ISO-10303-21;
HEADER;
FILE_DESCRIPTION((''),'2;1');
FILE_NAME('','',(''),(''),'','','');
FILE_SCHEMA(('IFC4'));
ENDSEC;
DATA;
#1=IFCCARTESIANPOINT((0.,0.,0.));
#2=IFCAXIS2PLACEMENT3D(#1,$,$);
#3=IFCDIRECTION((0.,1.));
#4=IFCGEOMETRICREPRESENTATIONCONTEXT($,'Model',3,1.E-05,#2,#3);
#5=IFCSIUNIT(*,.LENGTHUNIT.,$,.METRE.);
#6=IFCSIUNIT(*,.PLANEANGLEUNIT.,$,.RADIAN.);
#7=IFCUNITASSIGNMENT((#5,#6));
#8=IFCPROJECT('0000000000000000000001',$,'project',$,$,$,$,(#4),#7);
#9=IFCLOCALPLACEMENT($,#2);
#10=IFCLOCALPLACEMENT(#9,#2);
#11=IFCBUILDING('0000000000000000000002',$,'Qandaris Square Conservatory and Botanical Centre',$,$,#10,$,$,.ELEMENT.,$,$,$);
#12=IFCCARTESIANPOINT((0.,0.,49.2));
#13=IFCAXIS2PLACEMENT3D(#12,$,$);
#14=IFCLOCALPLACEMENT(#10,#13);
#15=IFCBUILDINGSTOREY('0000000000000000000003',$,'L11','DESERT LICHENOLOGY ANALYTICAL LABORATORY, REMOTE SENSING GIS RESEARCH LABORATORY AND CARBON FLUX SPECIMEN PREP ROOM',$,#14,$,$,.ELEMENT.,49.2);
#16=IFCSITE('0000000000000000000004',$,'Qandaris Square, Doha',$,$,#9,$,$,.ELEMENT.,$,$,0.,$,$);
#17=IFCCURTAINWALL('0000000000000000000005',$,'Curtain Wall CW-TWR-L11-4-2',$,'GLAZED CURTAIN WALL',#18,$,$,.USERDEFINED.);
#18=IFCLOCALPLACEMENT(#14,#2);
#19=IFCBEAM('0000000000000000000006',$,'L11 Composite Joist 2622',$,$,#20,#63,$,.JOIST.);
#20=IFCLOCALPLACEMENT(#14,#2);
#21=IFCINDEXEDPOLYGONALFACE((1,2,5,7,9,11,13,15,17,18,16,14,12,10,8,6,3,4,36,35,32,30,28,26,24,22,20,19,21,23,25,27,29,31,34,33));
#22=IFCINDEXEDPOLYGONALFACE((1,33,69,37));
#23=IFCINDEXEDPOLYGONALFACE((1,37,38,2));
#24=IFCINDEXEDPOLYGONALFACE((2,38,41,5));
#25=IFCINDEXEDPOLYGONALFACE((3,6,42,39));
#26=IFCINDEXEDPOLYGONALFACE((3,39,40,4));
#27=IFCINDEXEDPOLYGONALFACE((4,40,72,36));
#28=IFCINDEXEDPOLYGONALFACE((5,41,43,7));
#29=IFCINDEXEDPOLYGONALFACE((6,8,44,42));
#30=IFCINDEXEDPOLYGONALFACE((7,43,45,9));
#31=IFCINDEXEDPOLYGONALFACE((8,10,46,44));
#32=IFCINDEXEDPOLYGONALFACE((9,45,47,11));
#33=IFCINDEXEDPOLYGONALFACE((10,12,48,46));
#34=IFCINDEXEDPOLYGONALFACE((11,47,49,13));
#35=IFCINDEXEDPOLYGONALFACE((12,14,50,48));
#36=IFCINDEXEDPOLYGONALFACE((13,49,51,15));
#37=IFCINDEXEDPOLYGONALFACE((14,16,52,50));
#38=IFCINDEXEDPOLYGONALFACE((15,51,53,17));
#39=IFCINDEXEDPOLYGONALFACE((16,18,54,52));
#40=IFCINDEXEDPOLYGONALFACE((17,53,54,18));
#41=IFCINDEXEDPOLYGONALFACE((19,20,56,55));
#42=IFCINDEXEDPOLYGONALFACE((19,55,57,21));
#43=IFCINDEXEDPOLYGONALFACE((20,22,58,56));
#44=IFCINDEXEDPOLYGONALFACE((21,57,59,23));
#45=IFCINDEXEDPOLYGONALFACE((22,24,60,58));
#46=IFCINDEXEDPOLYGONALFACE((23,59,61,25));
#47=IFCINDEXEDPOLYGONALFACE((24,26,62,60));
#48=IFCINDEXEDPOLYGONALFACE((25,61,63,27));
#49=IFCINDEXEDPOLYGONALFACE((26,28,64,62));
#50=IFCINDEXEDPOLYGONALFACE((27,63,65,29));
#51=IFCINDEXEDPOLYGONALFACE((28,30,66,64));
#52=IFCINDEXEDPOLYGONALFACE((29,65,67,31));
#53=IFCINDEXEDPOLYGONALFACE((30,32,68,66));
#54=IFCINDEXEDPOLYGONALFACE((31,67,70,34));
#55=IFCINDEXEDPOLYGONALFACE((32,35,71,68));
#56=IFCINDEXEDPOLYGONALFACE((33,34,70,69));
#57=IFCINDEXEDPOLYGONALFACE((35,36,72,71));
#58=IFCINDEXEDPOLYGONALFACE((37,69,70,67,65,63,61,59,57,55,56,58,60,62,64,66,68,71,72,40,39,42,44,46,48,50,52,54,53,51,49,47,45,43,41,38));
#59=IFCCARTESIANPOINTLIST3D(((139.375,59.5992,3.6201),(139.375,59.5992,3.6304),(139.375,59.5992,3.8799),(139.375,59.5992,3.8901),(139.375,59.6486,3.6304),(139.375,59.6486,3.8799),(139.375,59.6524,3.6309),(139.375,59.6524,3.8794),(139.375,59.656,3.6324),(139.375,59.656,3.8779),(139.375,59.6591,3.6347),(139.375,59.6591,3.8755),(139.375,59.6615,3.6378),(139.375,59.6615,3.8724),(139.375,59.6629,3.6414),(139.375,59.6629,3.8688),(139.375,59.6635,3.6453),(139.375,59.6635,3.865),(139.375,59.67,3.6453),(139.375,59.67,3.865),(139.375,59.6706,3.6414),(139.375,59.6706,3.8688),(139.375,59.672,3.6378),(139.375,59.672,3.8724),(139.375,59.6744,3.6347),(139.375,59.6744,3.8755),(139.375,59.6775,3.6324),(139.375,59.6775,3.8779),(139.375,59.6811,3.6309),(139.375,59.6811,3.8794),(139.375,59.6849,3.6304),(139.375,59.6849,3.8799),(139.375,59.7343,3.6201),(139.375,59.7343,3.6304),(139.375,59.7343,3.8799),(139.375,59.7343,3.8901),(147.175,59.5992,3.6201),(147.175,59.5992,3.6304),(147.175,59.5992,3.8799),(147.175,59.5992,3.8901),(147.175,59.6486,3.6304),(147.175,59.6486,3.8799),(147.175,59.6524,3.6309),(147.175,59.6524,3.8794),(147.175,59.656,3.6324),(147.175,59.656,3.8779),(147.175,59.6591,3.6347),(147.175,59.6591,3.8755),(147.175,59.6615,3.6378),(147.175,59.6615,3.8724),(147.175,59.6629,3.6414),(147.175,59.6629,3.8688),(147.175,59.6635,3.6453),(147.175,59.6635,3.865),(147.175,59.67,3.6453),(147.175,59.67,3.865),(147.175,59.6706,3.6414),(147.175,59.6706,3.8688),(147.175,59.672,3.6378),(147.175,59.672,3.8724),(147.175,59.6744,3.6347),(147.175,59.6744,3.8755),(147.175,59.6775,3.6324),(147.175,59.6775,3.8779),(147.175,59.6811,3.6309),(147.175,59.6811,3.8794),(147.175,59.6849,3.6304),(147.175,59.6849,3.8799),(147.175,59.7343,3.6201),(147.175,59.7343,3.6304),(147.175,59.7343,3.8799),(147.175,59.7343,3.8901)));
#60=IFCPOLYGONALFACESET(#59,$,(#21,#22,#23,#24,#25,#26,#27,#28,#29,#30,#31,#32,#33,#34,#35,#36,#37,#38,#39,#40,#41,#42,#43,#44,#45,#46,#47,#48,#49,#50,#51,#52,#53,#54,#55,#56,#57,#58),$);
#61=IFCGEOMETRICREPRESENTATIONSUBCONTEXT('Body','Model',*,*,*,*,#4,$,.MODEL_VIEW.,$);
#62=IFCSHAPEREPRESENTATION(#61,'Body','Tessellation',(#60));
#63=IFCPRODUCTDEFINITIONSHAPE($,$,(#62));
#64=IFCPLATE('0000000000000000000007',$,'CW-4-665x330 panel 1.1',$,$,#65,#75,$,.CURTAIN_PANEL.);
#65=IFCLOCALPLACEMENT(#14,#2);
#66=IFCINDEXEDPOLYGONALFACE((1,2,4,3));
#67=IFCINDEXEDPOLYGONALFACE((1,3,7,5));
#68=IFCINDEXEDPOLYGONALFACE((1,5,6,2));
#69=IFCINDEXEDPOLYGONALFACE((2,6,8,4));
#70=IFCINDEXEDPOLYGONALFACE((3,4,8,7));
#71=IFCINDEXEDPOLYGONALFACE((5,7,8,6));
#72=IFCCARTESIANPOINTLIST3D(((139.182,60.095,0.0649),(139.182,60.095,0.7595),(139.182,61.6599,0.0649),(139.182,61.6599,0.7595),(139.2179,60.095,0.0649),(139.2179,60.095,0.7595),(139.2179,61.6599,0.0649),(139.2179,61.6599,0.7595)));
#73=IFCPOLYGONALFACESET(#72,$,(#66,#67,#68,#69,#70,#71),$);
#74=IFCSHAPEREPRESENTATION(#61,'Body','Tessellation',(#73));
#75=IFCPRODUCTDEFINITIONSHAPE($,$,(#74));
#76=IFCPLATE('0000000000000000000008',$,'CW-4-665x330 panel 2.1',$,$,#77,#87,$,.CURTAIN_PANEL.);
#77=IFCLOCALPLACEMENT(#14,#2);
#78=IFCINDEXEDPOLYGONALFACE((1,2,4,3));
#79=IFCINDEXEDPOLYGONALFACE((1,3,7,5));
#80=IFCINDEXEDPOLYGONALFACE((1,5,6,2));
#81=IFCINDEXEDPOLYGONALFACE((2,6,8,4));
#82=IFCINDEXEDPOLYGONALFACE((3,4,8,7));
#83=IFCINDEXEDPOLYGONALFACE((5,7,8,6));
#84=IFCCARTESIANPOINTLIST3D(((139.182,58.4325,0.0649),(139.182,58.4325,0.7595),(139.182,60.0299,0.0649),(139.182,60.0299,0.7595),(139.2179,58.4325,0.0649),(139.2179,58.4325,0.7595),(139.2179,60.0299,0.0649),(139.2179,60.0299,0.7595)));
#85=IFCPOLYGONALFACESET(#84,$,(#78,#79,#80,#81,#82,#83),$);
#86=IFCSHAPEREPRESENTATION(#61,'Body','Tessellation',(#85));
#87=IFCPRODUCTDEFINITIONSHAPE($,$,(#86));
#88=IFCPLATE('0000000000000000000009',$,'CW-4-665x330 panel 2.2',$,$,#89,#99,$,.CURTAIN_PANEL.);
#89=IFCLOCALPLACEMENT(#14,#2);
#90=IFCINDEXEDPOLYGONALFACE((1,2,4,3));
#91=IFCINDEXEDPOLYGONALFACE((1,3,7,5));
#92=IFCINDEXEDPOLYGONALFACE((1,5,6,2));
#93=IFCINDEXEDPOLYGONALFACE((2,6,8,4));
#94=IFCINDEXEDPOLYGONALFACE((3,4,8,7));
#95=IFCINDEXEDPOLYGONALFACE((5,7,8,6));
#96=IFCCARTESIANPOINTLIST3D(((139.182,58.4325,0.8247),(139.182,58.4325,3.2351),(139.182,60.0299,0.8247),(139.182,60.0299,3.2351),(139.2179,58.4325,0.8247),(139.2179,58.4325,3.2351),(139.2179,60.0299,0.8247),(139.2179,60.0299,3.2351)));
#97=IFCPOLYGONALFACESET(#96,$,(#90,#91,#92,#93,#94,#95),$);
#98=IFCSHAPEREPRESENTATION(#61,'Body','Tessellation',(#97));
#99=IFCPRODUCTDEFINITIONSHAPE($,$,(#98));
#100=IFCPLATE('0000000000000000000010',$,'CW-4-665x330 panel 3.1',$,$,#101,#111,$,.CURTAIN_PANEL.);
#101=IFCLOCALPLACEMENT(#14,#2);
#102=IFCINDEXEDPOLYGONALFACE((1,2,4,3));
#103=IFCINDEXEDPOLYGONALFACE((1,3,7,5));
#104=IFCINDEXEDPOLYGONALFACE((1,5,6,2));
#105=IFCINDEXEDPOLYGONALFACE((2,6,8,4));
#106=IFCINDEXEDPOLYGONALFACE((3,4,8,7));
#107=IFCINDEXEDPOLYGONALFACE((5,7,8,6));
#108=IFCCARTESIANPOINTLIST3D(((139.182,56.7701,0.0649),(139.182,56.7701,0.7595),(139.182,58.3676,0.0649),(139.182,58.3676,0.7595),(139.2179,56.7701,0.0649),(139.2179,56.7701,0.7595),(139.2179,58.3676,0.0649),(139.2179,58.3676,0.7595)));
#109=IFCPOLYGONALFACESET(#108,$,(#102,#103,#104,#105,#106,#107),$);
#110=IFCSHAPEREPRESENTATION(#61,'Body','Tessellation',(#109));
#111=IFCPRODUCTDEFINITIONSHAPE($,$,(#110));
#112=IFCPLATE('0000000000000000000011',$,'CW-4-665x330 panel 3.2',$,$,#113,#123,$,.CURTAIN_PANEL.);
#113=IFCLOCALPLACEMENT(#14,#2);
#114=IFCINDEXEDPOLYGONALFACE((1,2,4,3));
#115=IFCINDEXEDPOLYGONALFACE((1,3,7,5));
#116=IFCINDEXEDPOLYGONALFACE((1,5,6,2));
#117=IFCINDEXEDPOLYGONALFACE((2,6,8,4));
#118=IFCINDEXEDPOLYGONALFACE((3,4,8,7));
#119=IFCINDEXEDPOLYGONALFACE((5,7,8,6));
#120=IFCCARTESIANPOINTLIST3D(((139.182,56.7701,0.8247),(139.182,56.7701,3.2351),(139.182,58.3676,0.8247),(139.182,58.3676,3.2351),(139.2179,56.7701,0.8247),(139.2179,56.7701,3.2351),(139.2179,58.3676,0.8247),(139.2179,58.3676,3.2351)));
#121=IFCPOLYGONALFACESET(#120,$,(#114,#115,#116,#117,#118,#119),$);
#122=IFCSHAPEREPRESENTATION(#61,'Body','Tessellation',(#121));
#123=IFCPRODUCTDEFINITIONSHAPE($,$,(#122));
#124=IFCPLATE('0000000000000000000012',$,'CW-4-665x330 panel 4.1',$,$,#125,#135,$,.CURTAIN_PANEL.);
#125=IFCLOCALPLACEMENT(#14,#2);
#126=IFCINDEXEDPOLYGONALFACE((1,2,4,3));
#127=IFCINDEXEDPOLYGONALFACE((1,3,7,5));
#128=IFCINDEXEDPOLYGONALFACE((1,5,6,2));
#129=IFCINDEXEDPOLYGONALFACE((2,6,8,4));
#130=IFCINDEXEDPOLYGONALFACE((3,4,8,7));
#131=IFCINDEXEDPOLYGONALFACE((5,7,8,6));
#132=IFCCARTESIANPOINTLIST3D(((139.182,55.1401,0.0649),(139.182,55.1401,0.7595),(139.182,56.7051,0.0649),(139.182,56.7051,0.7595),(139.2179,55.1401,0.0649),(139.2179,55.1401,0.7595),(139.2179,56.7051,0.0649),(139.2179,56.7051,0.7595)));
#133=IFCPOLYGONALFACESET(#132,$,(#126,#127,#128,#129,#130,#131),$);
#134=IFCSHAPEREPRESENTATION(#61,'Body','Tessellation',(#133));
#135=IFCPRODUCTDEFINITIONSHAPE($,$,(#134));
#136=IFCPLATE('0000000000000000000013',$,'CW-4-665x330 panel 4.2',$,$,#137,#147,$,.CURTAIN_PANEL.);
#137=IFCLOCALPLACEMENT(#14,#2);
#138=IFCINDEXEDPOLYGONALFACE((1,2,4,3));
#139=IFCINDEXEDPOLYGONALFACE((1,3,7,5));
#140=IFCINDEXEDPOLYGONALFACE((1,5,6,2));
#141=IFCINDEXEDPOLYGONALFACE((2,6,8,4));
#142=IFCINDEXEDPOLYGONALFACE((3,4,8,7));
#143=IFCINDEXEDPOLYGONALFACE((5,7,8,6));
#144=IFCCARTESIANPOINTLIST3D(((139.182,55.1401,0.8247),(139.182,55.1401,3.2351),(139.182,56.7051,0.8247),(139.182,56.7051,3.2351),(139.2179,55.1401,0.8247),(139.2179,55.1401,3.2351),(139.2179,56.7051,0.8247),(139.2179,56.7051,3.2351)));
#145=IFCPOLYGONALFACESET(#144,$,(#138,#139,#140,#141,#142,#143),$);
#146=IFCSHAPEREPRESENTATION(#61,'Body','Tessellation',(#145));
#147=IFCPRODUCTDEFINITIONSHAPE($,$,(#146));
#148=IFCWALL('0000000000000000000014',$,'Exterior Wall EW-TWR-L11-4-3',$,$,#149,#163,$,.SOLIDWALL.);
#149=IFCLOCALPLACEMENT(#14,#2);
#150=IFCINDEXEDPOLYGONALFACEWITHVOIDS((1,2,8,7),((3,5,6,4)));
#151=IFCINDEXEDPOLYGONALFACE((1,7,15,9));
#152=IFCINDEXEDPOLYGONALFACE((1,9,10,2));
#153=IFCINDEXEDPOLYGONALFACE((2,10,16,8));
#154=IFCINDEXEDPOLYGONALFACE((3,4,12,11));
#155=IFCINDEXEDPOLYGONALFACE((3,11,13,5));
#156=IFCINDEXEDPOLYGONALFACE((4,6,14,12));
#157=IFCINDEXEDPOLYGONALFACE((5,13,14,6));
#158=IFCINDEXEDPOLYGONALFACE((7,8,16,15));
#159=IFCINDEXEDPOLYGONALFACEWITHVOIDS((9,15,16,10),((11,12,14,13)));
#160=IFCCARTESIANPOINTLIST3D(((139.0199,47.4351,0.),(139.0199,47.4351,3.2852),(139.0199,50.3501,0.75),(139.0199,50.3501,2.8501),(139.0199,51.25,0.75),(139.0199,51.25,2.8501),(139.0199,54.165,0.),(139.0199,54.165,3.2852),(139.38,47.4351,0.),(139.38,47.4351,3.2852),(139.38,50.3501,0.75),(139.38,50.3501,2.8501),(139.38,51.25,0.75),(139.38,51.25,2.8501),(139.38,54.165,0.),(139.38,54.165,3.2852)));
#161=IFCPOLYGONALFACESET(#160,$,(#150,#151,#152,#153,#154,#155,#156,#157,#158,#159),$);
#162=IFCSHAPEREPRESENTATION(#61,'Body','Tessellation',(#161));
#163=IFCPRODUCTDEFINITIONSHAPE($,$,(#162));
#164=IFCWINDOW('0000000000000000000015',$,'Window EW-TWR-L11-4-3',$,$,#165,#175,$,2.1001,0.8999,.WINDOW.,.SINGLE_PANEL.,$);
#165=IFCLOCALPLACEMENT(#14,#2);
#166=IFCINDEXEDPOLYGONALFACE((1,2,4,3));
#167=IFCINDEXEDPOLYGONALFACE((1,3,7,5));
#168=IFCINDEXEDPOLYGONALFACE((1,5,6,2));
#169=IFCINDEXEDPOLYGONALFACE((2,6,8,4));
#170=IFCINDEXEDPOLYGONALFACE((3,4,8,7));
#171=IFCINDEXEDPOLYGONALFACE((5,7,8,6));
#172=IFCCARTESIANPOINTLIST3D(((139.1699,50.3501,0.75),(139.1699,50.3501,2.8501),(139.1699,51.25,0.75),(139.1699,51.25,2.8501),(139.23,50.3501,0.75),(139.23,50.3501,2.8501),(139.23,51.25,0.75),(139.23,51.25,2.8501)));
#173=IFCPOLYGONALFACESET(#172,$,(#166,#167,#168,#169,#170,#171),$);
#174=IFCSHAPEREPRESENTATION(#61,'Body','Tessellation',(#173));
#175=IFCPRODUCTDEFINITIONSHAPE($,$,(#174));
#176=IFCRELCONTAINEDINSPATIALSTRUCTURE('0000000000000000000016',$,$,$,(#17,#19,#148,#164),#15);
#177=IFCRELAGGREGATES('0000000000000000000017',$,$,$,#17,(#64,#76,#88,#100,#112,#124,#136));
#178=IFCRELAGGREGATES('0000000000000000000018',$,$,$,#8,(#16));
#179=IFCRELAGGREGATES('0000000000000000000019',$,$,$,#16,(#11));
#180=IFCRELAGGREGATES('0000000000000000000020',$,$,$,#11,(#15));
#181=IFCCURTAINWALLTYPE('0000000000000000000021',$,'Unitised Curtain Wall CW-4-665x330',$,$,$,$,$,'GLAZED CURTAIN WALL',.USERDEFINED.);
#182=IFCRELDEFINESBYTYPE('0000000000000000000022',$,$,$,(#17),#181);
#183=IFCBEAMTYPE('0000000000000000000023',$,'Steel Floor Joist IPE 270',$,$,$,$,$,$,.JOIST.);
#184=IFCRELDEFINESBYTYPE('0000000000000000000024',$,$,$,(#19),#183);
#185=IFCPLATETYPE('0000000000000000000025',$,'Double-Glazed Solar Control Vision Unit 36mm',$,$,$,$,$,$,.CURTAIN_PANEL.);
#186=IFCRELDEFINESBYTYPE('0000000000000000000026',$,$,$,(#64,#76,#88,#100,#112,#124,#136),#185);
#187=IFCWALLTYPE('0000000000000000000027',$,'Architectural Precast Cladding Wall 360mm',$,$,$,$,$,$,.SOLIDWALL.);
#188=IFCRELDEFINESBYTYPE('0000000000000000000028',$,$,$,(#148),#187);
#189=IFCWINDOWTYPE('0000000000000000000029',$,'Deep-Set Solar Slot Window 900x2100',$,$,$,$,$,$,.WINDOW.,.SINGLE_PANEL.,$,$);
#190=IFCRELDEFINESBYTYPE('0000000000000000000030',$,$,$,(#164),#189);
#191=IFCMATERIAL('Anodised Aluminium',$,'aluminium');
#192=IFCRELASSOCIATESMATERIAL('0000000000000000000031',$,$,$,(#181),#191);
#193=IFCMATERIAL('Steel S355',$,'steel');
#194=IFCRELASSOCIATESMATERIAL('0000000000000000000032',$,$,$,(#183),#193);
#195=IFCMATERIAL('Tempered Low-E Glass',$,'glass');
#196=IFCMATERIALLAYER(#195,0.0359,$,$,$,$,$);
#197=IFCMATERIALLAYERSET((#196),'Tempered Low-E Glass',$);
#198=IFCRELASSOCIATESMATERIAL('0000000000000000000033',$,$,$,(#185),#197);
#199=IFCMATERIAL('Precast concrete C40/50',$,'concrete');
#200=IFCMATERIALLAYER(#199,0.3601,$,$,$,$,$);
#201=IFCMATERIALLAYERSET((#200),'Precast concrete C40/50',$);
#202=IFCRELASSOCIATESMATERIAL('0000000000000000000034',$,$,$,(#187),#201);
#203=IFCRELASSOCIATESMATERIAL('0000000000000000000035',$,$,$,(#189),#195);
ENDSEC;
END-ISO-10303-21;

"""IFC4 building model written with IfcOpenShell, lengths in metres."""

from ifc_helpers import new_model, si_unit, direction, frame, frame_2d, origin, origin_2d, place, context, subcontext, project, spatial, rectangle, i_section, extrude, material, layer, layer_set, material_profile, profile_set, type_object, element, fill, aggregate, save


model = new_model("IFC4")

# Units and contexts
model_context = context("Model", 3, precision=1e-05, world=origin(), true_north=direction((0.0, 1.0)))
body_context = subcontext(model_context, "Body", "Model", "MODEL_VIEW")
ifc_project = project(units=[si_unit("LENGTHUNIT", "METRE"), si_unit("PLANEANGLEUNIT", "RADIAN")], contexts=[model_context])

# Site, building, storey
site_placement = place(None, origin())
site = spatial("IfcSite", under=ifc_project, at=site_placement, Name="Qandaris Square, Doha", CompositionType="ELEMENT", RefElevation=0.0)
building_placement = place(site_placement, origin())
building = spatial("IfcBuilding", under=site, at=building_placement, Name="Qandaris Square Conservatory and Botanical Centre", CompositionType="ELEMENT")
storey_placement = place(building_placement, frame((0.0, 0.0, 49.2)))
storey = spatial("IfcBuildingStorey", under=building, at=storey_placement, Name="L11", Description="DESERT LICHENOLOGY ANALYTICAL LABORATORY, REMOTE SENSING GIS RESEARCH LABORATORY AND CARBON FLUX SPECIMEN PREP ROOM", CompositionType="ELEMENT", Elevation=49.2)

# Shared definitions
ifc_material_1 = material(Name="Steel S355", Category="steel")

# Curtain wall
ifc_material_2 = material(Name="Anodised Aluminium", Category="aluminium")
curtain_wall_type = type_object("IfcCurtainWallType", Name="Unitised Curtain Wall CW-4-665x330", ElementType="GLAZED CURTAIN WALL", PredefinedType="USERDEFINED", material=ifc_material_2)
curtain_wall_placement = place(storey_placement, origin())
curtain_wall = element("IfcCurtainWall", 1, at=curtain_wall_placement, inside=storey, type_object=curtain_wall_type, Name="Curtain Wall CW-TWR-L11-4-2", ObjectType="GLAZED CURTAIN WALL", PredefinedType="USERDEFINED")

# Beam
ifc_material_profile_1 = material_profile(ifc_material_1, i_section(OverallWidth=0.135, OverallDepth=0.27, WebThickness=0.0066, FlangeThickness=0.0103, FilletRadius=0.0149, at=origin_2d()), Name="IPE 270")
ifc_profile_set_1 = profile_set([ifc_material_profile_1], Name="Steel S355")
beam_type_1 = type_object("IfcBeamType", Name="Steel Floor Joist IPE 270", PredefinedType="JOIST", material=ifc_profile_set_1)
beam_1_placement = place(storey_placement, frame((139.375, 59.6667, 3.7551), z_axis=(1.0, 0.0, 0.0), x_axis=(0.0, 1.0, 0.0)))
element("IfcBeam", 2, at=beam_1_placement, inside=storey, type_object=beam_type_1, Name="L11 Composite Joist 2622", PredefinedType="JOIST", context=body_context, shape_type="SweptSolid", body=[
    extrude(i_section(OverallWidth=0.135, OverallDepth=0.27, WebThickness=0.0066, FlangeThickness=0.0103, FilletRadius=0.0149, at=origin_2d()), origin(), (0.0, 0.0, 1.0), 7.8),
])

# Plates
ifc_material_3 = material(Name="Tempered Low-E Glass", Category="glass")
ifc_layer_1 = layer(ifc_material_3, 0.0359)
ifc_layer_set_1 = layer_set([ifc_layer_1], Name="Tempered Low-E Glass")
plate_type = type_object("IfcPlateType", Name="Double-Glazed Solar Control Vision Unit 36mm", PredefinedType="CURTAIN_PANEL", material=ifc_layer_set_1)
plate_1_placement = place(storey_placement, frame((139.2, 60.8774, 0.0649), z_axis=(0.0, 0.0, 1.0), x_axis=(0.0, -1.0, 0.0)))
plate_1 = element("IfcPlate", 3, at=plate_1_placement, type_object=plate_type, Name="CW-4-665x330 panel 1.1", PredefinedType="CURTAIN_PANEL", context=body_context, shape_type="SweptSolid", body=[
    extrude(rectangle(XDim=1.5649, YDim=0.0359, at=origin_2d()), origin(), (0.0, 0.0, 1.0), 0.6946),
])
plate_2_placement = place(storey_placement, frame((139.2, 59.2312, 0.0649), z_axis=(0.0, 0.0, 1.0), x_axis=(0.0, -1.0, 0.0)))
plate_2 = element("IfcPlate", 4, at=plate_2_placement, type_object=plate_type, Name="CW-4-665x330 panel 2.1", PredefinedType="CURTAIN_PANEL", context=body_context, shape_type="SweptSolid", body=[
    extrude(rectangle(XDim=1.5974, YDim=0.0359, at=origin_2d()), origin(), (0.0, 0.0, 1.0), 0.6946),
])
plate_3_placement = place(storey_placement, frame((139.2, 59.2312, 0.8247), z_axis=(0.0, 0.0, 1.0), x_axis=(0.0, -1.0, 0.0)))
plate_3 = element("IfcPlate", 5, at=plate_3_placement, type_object=plate_type, Name="CW-4-665x330 panel 2.2", PredefinedType="CURTAIN_PANEL", context=body_context, shape_type="SweptSolid", body=[
    extrude(rectangle(XDim=1.5974, YDim=0.0359, at=origin_2d()), origin(), (0.0, 0.0, 1.0), 2.4104),
])
plate_4_placement = place(storey_placement, frame((139.2, 57.5688, 0.0649), z_axis=(0.0, 0.0, 1.0), x_axis=(0.0, -1.0, 0.0)))
plate_4 = element("IfcPlate", 6, at=plate_4_placement, type_object=plate_type, Name="CW-4-665x330 panel 3.1", PredefinedType="CURTAIN_PANEL", context=body_context, shape_type="SweptSolid", body=[
    extrude(rectangle(XDim=1.5974, YDim=0.0359, at=origin_2d()), origin(), (0.0, 0.0, 1.0), 0.6946),
])
plate_5_placement = place(storey_placement, frame((139.2, 57.5688, 0.8247), z_axis=(0.0, 0.0, 1.0), x_axis=(0.0, -1.0, 0.0)))
plate_5 = element("IfcPlate", 7, at=plate_5_placement, type_object=plate_type, Name="CW-4-665x330 panel 3.2", PredefinedType="CURTAIN_PANEL", context=body_context, shape_type="SweptSolid", body=[
    extrude(rectangle(XDim=1.5974, YDim=0.0359, at=origin_2d()), origin(), (0.0, 0.0, 1.0), 2.4104),
])
plate_6_placement = place(storey_placement, frame((139.2, 55.9226, 0.0649), z_axis=(0.0, 0.0, 1.0), x_axis=(0.0, -1.0, 0.0)))
plate_6 = element("IfcPlate", 8, at=plate_6_placement, type_object=plate_type, Name="CW-4-665x330 panel 4.1", PredefinedType="CURTAIN_PANEL", context=body_context, shape_type="SweptSolid", body=[
    extrude(rectangle(XDim=1.5649, YDim=0.0359, at=origin_2d()), origin(), (0.0, 0.0, 1.0), 0.6946),
])
plate_7_placement = place(storey_placement, frame((139.2, 55.9226, 0.8247), z_axis=(0.0, 0.0, 1.0), x_axis=(0.0, -1.0, 0.0)))
plate_7 = element("IfcPlate", 9, at=plate_7_placement, type_object=plate_type, Name="CW-4-665x330 panel 4.2", PredefinedType="CURTAIN_PANEL", context=body_context, shape_type="SweptSolid", body=[
    extrude(rectangle(XDim=1.5649, YDim=0.0359, at=origin_2d()), origin(), (0.0, 0.0, 1.0), 2.4104),
])
aggregate(curtain_wall, [plate_1, plate_2, plate_3, plate_4, plate_5, plate_6, plate_7])

# Wall, opening, window
ifc_material_4 = material(Name="Precast concrete C40/50", Category="concrete")
ifc_layer_2 = layer(ifc_material_4, 0.3601)
ifc_layer_set_2 = layer_set([ifc_layer_2], Name="Precast concrete C40/50")
wall_type = type_object("IfcWallType", Name="Architectural Precast Cladding Wall 360mm", PredefinedType="SOLIDWALL", material=ifc_layer_set_2)
wall_placement = place(storey_placement, frame((139.2, 54.165, 0.0), z_axis=(0.0, 0.0, 1.0), x_axis=(0.0, -1.0, 0.0)))
wall = element("IfcWall", 10, at=wall_placement, inside=storey, type_object=wall_type, Name="Exterior Wall EW-TWR-L11-4-3", PredefinedType="SOLIDWALL", context=body_context, shape_type="SweptSolid", body=[
    extrude(rectangle(XDim=6.73, YDim=0.3601, at=frame_2d((3.365, 0.0))), origin(), (0.0, 0.0, 1.0), 3.2852),
])
opening_placement = place(wall_placement, frame((2.915, 0.0, 0.75)))
opening = element("IfcOpeningElement", 11, at=opening_placement, cuts=wall, PredefinedType="OPENING", context=body_context, shape_type="SweptSolid", body=[
    extrude(rectangle(XDim=0.8999, YDim=2.1001, at=frame_2d((0.45, 1.05))), frame((0.0, 0.1919, 0.0), z_axis=(0.0, -1.0, 0.0), x_axis=(1.0, 0.0, 0.0)), (0.0, 0.0, 1.0), 0.384),
])
window_type = type_object("IfcWindowType", Name="Deep-Set Solar Slot Window 900x2100", PartitioningType="SINGLE_PANEL", PredefinedType="WINDOW", material=ifc_material_3)
window_placement = place(opening_placement, origin())
window = element("IfcWindow", 12, at=window_placement, inside=storey, type_object=window_type, Name="Window EW-TWR-L11-4-3", OverallHeight=2.1001, OverallWidth=0.8999, PartitioningType="SINGLE_PANEL", PredefinedType="WINDOW", context=body_context, shape_type="SweptSolid", body=[
    extrude(rectangle(XDim=0.8999, YDim=2.1001, at=frame_2d((0.45, 1.05))), frame((0.0, 0.03, 0.0), z_axis=(0.0, -1.0, 0.0), x_axis=(1.0, 0.0, 0.0)), (0.0, 0.0, 1.0), 0.0601),
])
fill(opening, window)

save(model, "model.ifc")
